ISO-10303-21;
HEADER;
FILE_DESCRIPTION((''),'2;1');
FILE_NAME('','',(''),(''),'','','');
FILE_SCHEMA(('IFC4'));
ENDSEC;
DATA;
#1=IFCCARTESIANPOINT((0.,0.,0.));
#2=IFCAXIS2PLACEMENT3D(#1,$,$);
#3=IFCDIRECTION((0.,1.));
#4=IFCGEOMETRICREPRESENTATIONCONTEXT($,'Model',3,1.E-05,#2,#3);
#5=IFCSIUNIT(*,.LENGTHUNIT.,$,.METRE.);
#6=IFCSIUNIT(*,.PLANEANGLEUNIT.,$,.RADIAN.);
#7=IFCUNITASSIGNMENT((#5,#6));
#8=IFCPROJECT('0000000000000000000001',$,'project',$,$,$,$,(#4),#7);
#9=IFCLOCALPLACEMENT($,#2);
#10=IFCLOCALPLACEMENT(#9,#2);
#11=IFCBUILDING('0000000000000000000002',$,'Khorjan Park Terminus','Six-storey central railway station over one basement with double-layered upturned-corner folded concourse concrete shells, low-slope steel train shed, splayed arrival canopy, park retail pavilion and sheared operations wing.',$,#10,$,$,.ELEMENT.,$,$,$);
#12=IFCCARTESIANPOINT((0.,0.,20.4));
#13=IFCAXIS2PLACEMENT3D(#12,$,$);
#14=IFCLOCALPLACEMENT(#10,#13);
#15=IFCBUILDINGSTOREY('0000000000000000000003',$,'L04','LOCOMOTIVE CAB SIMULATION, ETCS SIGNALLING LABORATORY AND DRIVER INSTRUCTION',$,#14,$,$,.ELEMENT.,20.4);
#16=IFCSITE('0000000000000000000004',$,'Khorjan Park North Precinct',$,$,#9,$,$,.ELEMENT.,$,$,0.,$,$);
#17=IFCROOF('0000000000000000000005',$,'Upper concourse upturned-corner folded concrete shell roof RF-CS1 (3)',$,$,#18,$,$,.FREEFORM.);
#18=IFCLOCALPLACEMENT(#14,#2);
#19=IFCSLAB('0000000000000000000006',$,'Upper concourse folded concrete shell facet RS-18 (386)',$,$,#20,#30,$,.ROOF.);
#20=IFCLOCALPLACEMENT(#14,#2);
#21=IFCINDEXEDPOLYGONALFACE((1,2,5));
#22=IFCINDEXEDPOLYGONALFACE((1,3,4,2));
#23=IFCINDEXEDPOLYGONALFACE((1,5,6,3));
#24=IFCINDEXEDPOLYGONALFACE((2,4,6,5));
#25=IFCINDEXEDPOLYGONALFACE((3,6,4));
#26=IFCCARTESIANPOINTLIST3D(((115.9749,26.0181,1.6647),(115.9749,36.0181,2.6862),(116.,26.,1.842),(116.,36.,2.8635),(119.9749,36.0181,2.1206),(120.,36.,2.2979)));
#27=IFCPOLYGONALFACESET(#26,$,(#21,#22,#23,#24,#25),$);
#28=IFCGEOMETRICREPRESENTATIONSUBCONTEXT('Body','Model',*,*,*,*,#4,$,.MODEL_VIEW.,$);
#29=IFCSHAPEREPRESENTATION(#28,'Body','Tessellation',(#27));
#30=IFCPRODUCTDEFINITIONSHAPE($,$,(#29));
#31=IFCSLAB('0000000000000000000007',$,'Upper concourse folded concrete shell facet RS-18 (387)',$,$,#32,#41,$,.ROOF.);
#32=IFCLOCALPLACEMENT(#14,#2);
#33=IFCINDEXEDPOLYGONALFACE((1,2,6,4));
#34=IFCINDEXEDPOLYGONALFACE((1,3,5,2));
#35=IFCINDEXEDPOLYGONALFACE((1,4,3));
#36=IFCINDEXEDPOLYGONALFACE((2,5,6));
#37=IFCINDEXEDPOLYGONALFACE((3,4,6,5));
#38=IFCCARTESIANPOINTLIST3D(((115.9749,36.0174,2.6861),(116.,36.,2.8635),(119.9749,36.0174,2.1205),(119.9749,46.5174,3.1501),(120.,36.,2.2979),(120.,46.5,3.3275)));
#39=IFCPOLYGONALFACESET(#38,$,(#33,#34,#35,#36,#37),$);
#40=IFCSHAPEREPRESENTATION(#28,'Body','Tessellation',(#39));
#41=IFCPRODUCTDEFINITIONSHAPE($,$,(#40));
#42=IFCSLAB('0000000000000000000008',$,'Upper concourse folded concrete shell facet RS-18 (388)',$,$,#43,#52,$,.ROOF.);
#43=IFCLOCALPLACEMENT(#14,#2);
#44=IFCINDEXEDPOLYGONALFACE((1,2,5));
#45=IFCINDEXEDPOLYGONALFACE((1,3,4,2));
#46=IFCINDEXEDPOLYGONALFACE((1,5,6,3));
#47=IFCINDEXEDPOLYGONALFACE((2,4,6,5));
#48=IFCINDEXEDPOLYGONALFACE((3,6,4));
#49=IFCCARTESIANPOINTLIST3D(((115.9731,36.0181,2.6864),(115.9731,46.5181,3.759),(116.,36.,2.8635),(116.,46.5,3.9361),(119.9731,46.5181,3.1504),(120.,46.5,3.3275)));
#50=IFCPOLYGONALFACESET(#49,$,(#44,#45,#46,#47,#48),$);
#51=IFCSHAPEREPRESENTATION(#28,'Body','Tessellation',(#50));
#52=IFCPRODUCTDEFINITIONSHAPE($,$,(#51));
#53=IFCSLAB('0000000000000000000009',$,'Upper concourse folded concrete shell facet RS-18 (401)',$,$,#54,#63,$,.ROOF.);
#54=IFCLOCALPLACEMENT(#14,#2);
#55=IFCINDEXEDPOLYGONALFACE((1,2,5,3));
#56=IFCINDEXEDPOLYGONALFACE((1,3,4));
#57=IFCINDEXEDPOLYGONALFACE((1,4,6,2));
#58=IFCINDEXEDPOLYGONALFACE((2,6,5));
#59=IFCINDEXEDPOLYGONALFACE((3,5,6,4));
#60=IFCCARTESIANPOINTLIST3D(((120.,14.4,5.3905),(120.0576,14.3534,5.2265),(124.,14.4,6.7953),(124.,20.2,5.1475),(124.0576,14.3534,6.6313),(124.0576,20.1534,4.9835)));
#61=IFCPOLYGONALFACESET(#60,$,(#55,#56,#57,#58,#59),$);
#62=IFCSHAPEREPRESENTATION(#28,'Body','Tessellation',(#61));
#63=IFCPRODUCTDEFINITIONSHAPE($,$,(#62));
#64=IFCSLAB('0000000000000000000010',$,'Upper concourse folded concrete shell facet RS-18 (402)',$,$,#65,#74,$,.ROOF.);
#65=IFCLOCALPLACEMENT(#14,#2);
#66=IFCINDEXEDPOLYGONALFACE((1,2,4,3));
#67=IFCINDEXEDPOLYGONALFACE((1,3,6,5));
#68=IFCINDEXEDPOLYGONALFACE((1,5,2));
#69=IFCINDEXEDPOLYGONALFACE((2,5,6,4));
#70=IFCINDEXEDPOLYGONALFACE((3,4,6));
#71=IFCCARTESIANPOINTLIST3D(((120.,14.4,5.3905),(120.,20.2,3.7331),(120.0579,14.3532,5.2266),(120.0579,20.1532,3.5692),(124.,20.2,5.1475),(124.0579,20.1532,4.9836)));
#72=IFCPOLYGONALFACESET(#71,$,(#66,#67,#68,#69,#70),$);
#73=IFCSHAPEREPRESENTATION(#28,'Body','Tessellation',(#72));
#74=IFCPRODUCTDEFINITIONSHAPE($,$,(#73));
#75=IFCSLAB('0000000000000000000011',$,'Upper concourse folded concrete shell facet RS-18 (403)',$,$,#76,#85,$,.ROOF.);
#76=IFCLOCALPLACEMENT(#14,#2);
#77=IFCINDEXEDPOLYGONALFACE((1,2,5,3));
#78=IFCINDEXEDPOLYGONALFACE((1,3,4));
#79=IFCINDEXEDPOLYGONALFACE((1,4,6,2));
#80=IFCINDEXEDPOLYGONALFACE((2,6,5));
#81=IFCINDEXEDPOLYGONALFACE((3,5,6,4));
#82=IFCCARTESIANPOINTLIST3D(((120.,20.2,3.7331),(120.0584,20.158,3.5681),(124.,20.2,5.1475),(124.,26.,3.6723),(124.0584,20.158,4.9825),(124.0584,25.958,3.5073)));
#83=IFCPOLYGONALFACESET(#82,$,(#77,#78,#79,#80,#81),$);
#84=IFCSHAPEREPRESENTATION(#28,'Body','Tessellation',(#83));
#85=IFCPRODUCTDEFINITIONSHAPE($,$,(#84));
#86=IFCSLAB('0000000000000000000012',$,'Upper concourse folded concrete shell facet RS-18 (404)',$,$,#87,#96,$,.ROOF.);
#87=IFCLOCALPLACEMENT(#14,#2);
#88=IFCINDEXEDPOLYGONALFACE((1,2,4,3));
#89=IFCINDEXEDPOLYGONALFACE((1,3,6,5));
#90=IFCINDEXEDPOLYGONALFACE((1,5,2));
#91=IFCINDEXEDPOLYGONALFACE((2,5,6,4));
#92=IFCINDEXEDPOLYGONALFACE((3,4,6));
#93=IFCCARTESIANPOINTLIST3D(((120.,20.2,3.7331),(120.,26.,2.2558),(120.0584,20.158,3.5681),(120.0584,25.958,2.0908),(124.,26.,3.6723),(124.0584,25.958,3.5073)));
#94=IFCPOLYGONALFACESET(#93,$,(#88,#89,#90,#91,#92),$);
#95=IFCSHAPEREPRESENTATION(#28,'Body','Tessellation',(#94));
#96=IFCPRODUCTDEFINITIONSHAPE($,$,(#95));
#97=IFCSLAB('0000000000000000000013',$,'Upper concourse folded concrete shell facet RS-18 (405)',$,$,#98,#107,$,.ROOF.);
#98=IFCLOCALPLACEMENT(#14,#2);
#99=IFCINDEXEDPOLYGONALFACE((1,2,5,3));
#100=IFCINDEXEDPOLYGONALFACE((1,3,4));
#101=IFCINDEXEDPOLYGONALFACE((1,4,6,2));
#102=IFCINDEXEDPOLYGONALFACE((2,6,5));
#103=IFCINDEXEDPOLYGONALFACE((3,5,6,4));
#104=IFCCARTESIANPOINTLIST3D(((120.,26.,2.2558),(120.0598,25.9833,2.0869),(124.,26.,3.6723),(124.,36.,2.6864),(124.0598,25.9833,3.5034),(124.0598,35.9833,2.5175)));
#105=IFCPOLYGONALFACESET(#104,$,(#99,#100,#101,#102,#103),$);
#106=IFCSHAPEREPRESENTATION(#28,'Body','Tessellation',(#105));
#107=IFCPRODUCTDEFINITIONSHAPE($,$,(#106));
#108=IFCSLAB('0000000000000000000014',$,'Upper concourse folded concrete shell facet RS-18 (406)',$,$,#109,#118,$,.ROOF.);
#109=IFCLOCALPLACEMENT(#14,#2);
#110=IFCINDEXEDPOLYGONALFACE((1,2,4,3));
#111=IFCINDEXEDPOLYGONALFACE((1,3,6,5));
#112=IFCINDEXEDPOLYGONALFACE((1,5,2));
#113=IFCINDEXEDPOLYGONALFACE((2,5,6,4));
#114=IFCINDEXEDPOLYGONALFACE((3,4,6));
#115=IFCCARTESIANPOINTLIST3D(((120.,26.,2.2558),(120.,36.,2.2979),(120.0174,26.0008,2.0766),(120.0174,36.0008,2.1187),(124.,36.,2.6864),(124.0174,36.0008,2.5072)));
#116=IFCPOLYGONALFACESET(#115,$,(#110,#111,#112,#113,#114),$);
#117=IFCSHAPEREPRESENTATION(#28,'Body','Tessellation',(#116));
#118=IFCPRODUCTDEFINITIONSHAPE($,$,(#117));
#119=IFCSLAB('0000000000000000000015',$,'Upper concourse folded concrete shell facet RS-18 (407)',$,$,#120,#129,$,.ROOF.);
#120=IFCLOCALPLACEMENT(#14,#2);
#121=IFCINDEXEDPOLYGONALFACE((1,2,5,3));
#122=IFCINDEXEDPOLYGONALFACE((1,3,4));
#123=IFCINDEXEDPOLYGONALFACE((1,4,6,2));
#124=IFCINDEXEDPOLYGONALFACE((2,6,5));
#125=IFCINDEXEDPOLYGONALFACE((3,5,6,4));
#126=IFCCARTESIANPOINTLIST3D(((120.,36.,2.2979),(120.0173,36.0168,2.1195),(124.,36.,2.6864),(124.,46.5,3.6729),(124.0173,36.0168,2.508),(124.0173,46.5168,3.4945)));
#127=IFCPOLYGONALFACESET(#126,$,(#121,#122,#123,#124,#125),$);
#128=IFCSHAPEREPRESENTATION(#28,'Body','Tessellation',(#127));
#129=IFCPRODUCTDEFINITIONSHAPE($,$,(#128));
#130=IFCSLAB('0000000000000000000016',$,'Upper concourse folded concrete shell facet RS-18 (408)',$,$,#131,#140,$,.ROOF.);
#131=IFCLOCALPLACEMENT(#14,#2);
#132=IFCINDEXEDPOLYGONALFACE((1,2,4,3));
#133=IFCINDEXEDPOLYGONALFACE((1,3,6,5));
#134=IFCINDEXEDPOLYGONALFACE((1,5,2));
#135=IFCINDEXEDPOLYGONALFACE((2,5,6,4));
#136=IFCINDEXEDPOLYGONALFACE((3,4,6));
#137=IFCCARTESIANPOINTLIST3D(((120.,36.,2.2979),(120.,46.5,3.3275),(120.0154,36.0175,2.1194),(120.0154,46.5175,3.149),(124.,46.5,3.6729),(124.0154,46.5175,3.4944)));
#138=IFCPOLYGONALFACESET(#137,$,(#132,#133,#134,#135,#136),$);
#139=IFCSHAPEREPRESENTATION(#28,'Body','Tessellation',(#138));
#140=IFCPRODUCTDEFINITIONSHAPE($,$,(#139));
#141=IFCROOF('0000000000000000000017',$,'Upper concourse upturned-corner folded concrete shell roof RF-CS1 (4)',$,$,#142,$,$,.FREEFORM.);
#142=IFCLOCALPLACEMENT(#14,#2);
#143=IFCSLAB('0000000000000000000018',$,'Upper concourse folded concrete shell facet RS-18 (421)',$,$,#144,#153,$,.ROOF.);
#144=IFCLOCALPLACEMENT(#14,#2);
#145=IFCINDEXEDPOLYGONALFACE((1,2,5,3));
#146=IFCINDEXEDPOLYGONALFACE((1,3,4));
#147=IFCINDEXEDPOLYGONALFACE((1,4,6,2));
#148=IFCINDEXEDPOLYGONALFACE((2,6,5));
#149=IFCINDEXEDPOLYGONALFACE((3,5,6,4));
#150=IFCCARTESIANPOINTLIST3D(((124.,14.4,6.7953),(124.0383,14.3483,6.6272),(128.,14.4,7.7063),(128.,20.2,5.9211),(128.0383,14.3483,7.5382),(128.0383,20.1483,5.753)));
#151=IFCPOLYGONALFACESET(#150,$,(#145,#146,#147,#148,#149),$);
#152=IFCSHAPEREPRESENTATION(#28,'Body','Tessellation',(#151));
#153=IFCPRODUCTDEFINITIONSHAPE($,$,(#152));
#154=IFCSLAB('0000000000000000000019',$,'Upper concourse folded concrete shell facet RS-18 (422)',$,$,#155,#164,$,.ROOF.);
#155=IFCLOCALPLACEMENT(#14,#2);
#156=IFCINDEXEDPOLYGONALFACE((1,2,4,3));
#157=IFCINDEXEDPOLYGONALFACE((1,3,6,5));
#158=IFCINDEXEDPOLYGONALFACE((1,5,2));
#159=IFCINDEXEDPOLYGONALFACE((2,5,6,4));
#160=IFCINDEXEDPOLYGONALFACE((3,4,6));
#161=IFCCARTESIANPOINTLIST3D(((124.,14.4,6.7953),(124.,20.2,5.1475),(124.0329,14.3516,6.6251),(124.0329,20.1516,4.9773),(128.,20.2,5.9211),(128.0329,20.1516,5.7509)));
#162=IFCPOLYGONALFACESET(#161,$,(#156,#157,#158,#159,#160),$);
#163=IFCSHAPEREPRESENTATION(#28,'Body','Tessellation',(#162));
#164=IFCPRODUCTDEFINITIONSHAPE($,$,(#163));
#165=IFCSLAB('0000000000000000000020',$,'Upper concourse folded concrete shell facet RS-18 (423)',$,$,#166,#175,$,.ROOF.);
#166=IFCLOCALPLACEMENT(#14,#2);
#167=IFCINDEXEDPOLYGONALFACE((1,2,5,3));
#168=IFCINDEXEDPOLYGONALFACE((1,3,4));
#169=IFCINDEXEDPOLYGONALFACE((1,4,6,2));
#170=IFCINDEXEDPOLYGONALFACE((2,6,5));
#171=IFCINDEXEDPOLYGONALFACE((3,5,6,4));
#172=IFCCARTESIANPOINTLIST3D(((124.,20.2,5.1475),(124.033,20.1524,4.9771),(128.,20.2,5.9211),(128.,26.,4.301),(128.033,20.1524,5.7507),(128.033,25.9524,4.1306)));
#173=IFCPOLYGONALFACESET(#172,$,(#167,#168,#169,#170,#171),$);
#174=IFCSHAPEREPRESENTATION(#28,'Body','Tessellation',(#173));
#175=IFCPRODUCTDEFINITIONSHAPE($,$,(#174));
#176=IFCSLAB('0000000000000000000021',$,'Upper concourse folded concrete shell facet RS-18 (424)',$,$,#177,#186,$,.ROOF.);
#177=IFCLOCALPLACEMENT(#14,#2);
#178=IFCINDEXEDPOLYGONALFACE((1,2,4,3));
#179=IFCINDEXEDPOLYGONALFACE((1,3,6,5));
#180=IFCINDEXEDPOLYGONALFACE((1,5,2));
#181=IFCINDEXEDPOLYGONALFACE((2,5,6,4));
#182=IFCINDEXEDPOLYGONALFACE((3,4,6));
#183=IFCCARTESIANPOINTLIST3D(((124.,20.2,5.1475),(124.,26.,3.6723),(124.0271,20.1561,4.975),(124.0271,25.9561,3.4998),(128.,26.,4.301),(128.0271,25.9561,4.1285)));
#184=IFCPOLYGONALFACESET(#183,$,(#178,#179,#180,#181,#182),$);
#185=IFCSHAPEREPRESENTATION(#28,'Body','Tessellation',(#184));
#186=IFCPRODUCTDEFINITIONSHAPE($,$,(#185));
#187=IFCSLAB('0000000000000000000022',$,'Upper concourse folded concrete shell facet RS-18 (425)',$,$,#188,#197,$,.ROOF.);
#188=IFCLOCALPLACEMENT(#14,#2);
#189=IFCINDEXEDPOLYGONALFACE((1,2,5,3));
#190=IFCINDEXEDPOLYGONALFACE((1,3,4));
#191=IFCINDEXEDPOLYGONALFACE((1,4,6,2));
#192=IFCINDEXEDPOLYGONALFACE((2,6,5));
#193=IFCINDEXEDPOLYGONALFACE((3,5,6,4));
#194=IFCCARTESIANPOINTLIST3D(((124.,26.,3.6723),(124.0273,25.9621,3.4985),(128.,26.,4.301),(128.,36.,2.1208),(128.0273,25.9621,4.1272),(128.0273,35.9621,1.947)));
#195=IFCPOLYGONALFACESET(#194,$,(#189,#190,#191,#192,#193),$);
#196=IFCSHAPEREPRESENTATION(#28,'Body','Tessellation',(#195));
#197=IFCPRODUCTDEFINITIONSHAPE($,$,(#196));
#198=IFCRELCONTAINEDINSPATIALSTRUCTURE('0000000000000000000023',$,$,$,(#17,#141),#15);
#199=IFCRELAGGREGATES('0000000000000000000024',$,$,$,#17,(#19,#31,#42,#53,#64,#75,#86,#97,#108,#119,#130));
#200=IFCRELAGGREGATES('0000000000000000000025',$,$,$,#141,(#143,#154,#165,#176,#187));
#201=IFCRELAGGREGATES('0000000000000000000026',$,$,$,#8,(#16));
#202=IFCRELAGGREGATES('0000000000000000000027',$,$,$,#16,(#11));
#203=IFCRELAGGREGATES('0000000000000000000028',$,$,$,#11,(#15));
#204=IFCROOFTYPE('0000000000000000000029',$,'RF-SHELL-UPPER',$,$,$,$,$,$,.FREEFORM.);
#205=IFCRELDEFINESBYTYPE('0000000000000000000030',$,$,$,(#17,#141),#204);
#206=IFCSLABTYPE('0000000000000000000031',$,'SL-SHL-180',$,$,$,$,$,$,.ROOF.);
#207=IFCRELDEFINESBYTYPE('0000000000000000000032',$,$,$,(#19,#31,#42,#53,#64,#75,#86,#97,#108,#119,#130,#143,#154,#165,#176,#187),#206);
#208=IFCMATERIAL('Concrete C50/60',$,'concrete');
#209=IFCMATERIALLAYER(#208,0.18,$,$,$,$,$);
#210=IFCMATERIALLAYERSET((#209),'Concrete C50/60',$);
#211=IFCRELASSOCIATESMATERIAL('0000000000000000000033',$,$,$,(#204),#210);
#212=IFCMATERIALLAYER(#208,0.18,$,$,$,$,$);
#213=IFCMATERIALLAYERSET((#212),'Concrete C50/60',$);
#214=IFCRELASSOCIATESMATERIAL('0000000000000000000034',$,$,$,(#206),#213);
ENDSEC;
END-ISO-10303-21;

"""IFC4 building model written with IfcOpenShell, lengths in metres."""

from ifc_helpers import new_model, si_unit, direction, frame, origin, place, context, subcontext, project, spatial, polyline, outline, extrude, material, layer, layer_set, type_object, element, aggregate, save


model = new_model("IFC4")

# Units and contexts
model_context = context("Model", 3, precision=1e-05, world=origin(), true_north=direction((0.0, 1.0)))
body_context = subcontext(model_context, "Body", "Model", "MODEL_VIEW")
ifc_project = project(units=[si_unit("LENGTHUNIT", "METRE"), si_unit("PLANEANGLEUNIT", "RADIAN")], contexts=[model_context])

# Site, building, storey
site_placement = place(None, origin())
site = spatial("IfcSite", under=ifc_project, at=site_placement, Name="Khorjan Park North Precinct", CompositionType="ELEMENT", RefElevation=0.0)
building_placement = place(site_placement, origin())
building = spatial("IfcBuilding", under=site, at=building_placement, Name="Khorjan Park Terminus", Description="Six-storey central railway station over one basement with double-layered upturned-corner folded concourse concrete shells, low-slope steel train shed, splayed arrival canopy, park retail pavilion and sheared operations wing.", CompositionType="ELEMENT")
storey_placement = place(building_placement, frame((0.0, 0.0, 20.4)))
storey = spatial("IfcBuildingStorey", under=building, at=storey_placement, Name="L04", Description="LOCOMOTIVE CAB SIMULATION, ETCS SIGNALLING LABORATORY AND DRIVER INSTRUCTION", CompositionType="ELEMENT", Elevation=20.4)

# Roofs, slabs
ifc_material = material(Name="Concrete C50/60", Category="concrete")
ifc_layer_1 = layer(ifc_material, 0.18)
ifc_layer_set_1 = layer_set([ifc_layer_1], Name="Concrete C50/60")
roof_type = type_object("IfcRoofType", Name="RF-SHELL-UPPER", PredefinedType="FREEFORM", material=ifc_layer_set_1)
roof_1_placement = place(storey_placement, origin())
roof_1 = element("IfcRoof", 1, at=roof_1_placement, inside=storey, type_object=roof_type, Name="Upper concourse upturned-corner folded concrete shell roof RF-CS1 (3)", PredefinedType="FREEFORM")
ifc_layer_2 = layer(ifc_material, 0.18)
ifc_layer_set_2 = layer_set([ifc_layer_2], Name="Concrete C50/60")
slab_type = type_object("IfcSlabType", Name="SL-SHL-180", PredefinedType="ROOF", material=ifc_layer_set_2)
slab_1_placement = place(storey_placement, frame((116.0, 26.0, 1.842), z_axis=(0.139297, -0.10063, 0.985124), x_axis=(0.371058, 0.927646, 0.042291)))
slab_1 = element("IfcSlab", 2, at=slab_1_placement, type_object=slab_type, Name="Upper concourse folded concrete shell facet RS-18 (386)", PredefinedType="ROOF", context=body_context, shape_type="SweptSolid", body=[
    extrude(outline(polyline([(0.0, 0.0), (10.78, 0.0), (9.3197, 3.7666), (0.0, 0.0)])), origin(), (0.0, 0.0, -1.0), 0.18),
])
slab_2_placement = place(storey_placement, frame((116.0, 36.0, 2.8635), z_axis=(0.139352, -0.096637, 0.985516), x_axis=(0.99015, 0.0, -0.140007)))
slab_2 = element("IfcSlab", 3, at=slab_2_placement, type_object=slab_type, Name="Upper concourse folded concrete shell facet RS-18 (387)", PredefinedType="ROOF", context=body_context, shape_type="SweptSolid", body=[
    extrude(outline(polyline([(0.0, 0.0), (4.0398, 0.0), (3.8956, 10.5494), (0.0, 0.0)])), origin(), (0.0, 0.0, -1.0), 0.18),
])
slab_3_placement = place(storey_placement, frame((116.0, 36.0, 2.8635), z_axis=(0.149658, -0.100479, 0.983619), x_axis=(0.355692, 0.933692, 0.04126)))
slab_3 = element("IfcSlab", 4, at=slab_3_placement, type_object=slab_type, Name="Upper concourse folded concrete shell facet RS-18 (388)", PredefinedType="ROOF", context=body_context, shape_type="SweptSolid", body=[
    extrude(outline(polyline([(0.0, 0.0), (11.2457, 0.0), (9.848, 3.797), (0.0, 0.0)])), origin(), (0.0, 0.0, -1.0), 0.18),
])
slab_4_placement = place(storey_placement, frame((120.0, 14.4, 5.3905), z_axis=(-0.32006, 0.258913, 0.911332), x_axis=(0.943505, 0.0, 0.331359)))
slab_4 = element("IfcSlab", 5, at=slab_4_placement, type_object=slab_type, Name="Upper concourse folded concrete shell facet RS-18 (401)", PredefinedType="ROOF", context=body_context, shape_type="SweptSolid", body=[
    extrude(outline(polyline([(0.0, 0.0), (4.2395, 0.0), (3.6935, 6.0048), (0.0, 0.0)])), origin(), (0.0, 0.0, -1.0), 0.18),
])
slab_5_placement = place(storey_placement, frame((120.0, 14.4, 5.3905), z_axis=(-0.321895, 0.260137, 0.910337), x_axis=(0.567396, 0.822724, -0.034469)))
slab_5 = element("IfcSlab", 6, at=slab_5_placement, type_object=slab_type, Name="Upper concourse folded concrete shell facet RS-18 (402)", PredefinedType="ROOF", context=body_context, shape_type="SweptSolid", body=[
    extrude(outline(polyline([(0.0, 0.0), (7.0498, 0.0), (4.8289, 3.615), (0.0, 0.0)])), origin(), (0.0, 0.0, -1.0), 0.18),
])
slab_6_placement = place(storey_placement, frame((120.0, 20.2, 3.7331), z_axis=(-0.324182, 0.233185, 0.916805), x_axis=(0.942795, 0.0, 0.333372)))
slab_6 = element("IfcSlab", 7, at=slab_6_placement, type_object=slab_type, Name="Upper concourse folded concrete shell facet RS-18 (403)", PredefinedType="ROOF", context=body_context, shape_type="SweptSolid", body=[
    extrude(outline(polyline([(0.0, 0.0), (4.2427, 0.0), (3.7509, 5.9644), (0.0, 0.0)])), origin(), (0.0, 0.0, -1.0), 0.18),
])
slab_7_placement = place(storey_placement, frame((120.0, 20.2, 3.7331), z_axis=(-0.324588, 0.233462, 0.916591), x_axis=(0.567712, 0.823182, -0.008629)))
slab_7 = element("IfcSlab", 8, at=slab_7_placement, type_object=slab_type, Name="Upper concourse folded concrete shell facet RS-18 (404)", PredefinedType="ROOF", context=body_context, shape_type="SweptSolid", body=[
    extrude(outline(polyline([(0.0, 0.0), (7.0458, 0.0), (4.7872, 3.5924), (0.0, 0.0)])), origin(), (0.0, 0.0, -1.0), 0.18),
])
slab_8_placement = place(storey_placement, frame((120.0, 26.0, 2.2558), z_axis=(-0.33238, 0.092536, 0.938595), x_axis=(0.94264, 0.0, 0.333812)))
slab_8 = element("IfcSlab", 9, at=slab_8_placement, type_object=slab_type, Name="Upper concourse folded concrete shell facet RS-18 (405)", PredefinedType="ROOF", context=body_context, shape_type="SweptSolid", body=[
    extrude(outline(polyline([(0.0, 0.0), (4.2434, 0.0), (3.9143, 10.0431), (0.0, 0.0)])), origin(), (0.0, 0.0, -1.0), 0.18),
])
slab_9_placement = place(storey_placement, frame((120.0, 26.0, 2.2558), z_axis=(-0.096669, -0.00419, 0.995308), x_axis=(0.371094, 0.927736, 0.039948)))
slab_9 = element("IfcSlab", 10, at=slab_9_placement, type_object=slab_type, Name="Upper concourse folded concrete shell facet RS-18 (406)", PredefinedType="ROOF", context=body_context, shape_type="SweptSolid", body=[
    extrude(outline(polyline([(0.0, 0.0), (10.7789, 0.0), (9.279, 3.7284), (0.0, 0.0)])), origin(), (0.0, 0.0, -1.0), 0.18),
])
slab_10_placement = place(storey_placement, frame((120.0, 36.0, 2.2979), z_axis=(-0.09625, -0.093106, 0.990993), x_axis=(0.995316, 0.0, 0.09667)))
slab_10 = element("IfcSlab", 11, at=slab_10_placement, type_object=slab_type, Name="Upper concourse folded concrete shell facet RS-18 (407)", PredefinedType="ROOF", context=body_context, shape_type="SweptSolid", body=[
    extrude(outline(polyline([(0.0, 0.0), (4.0188, 0.0), (4.1142, 10.5458), (0.0, 0.0)])), origin(), (0.0, 0.0, -1.0), 0.18),
])
slab_11_placement = place(storey_placement, frame((120.0, 36.0, 2.2979), z_axis=(-0.085622, -0.097231, 0.991572), x_axis=(0.353359, 0.927568, 0.121467)))
slab_11 = element("IfcSlab", 12, at=slab_11_placement, type_object=slab_type, Name="Upper concourse folded concrete shell facet RS-18 (408)", PredefinedType="ROOF", context=body_context, shape_type="SweptSolid", body=[
    extrude(outline(polyline([(0.0, 0.0), (11.3199, 0.0), (9.8645, 3.7418), (0.0, 0.0)])), origin(), (0.0, 0.0, -1.0), 0.18),
])
aggregate(roof_1, [slab_1, slab_2, slab_3, slab_4, slab_5, slab_6, slab_7, slab_8, slab_9, slab_10, slab_11])
roof_2_placement = place(storey_placement, origin())
roof_2 = element("IfcRoof", 13, at=roof_2_placement, inside=storey, type_object=roof_type, Name="Upper concourse upturned-corner folded concrete shell roof RF-CS1 (4)", PredefinedType="FREEFORM")
slab_12_placement = place(storey_placement, frame((124.0, 14.4, 6.7953), z_axis=(-0.212692, 0.287443, 0.933884), x_axis=(0.975032, 0.0, 0.222064)))
slab_12 = element("IfcSlab", 14, at=slab_12_placement, type_object=slab_type, Name="Upper concourse folded concrete shell facet RS-18 (421)", PredefinedType="ROOF", context=body_context, shape_type="SweptSolid", body=[
    extrude(outline(polyline([(0.0, 0.0), (4.1024, 0.0), (3.706, 6.0556), (0.0, 0.0)])), origin(), (0.0, 0.0, -1.0), 0.18),
])
slab_13_placement = place(storey_placement, frame((124.0, 14.4, 6.7953), z_axis=(-0.1829, 0.268678, 0.945706), x_axis=(0.563413, 0.816948, -0.123134)))
slab_13 = element("IfcSlab", 15, at=slab_13_placement, type_object=slab_type, Name="Upper concourse folded concrete shell facet RS-18 (422)", PredefinedType="ROOF", context=body_context, shape_type="SweptSolid", body=[
    extrude(outline(polyline([(0.0, 0.0), (7.0996, 0.0), (4.9412, 3.4554), (0.0, 0.0)])), origin(), (0.0, 0.0, -1.0), 0.18),
])
slab_14_placement = place(storey_placement, frame((124.0, 20.2, 5.1475), z_axis=(-0.18312, 0.26448, 0.946846), x_axis=(0.981807, 0.0, 0.189881)))
slab_14 = element("IfcSlab", 16, at=slab_14_placement, type_object=slab_type, Name="Upper concourse folded concrete shell facet RS-18 (423)", PredefinedType="ROOF", context=body_context, shape_type="SweptSolid", body=[
    extrude(outline(polyline([(0.0, 0.0), (4.0741, 0.0), (3.7665, 6.0142), (0.0, 0.0)])), origin(), (0.0, 0.0, -1.0), 0.18),
])
slab_15_placement = place(storey_placement, frame((124.0, 20.2, 5.1475), z_axis=(-0.150588, 0.243686, 0.958092), x_axis=(0.563679, 0.817335, -0.119289)))
slab_15 = element("IfcSlab", 17, at=slab_15_placement, type_object=slab_type, Name="Upper concourse folded concrete shell facet RS-18 (424)", PredefinedType="ROOF", context=body_context, shape_type="SweptSolid", body=[
    extrude(outline(polyline([(0.0, 0.0), (7.0962, 0.0), (4.9165, 3.4123), (0.0, 0.0)])), origin(), (0.0, 0.0, -1.0), 0.18),
])
slab_16_placement = place(storey_placement, frame((124.0, 26.0, 3.6723), z_axis=(-0.151788, 0.210548, 0.965728), x_axis=(0.987872, 0.0, 0.155269)))
slab_16 = element("IfcSlab", 18, at=slab_16_placement, type_object=slab_type, Name="Upper concourse folded concrete shell facet RS-18 (425)", PredefinedType="ROOF", context=body_context, shape_type="SweptSolid", body=[
    extrude(outline(polyline([(0.0, 0.0), (4.0491, 0.0), (3.7106, 10.2293), (0.0, 0.0)])), origin(), (0.0, 0.0, -1.0), 0.18),
])
aggregate(roof_2, [slab_12, slab_13, slab_14, slab_15, slab_16])

save(model, "model.ifc")
